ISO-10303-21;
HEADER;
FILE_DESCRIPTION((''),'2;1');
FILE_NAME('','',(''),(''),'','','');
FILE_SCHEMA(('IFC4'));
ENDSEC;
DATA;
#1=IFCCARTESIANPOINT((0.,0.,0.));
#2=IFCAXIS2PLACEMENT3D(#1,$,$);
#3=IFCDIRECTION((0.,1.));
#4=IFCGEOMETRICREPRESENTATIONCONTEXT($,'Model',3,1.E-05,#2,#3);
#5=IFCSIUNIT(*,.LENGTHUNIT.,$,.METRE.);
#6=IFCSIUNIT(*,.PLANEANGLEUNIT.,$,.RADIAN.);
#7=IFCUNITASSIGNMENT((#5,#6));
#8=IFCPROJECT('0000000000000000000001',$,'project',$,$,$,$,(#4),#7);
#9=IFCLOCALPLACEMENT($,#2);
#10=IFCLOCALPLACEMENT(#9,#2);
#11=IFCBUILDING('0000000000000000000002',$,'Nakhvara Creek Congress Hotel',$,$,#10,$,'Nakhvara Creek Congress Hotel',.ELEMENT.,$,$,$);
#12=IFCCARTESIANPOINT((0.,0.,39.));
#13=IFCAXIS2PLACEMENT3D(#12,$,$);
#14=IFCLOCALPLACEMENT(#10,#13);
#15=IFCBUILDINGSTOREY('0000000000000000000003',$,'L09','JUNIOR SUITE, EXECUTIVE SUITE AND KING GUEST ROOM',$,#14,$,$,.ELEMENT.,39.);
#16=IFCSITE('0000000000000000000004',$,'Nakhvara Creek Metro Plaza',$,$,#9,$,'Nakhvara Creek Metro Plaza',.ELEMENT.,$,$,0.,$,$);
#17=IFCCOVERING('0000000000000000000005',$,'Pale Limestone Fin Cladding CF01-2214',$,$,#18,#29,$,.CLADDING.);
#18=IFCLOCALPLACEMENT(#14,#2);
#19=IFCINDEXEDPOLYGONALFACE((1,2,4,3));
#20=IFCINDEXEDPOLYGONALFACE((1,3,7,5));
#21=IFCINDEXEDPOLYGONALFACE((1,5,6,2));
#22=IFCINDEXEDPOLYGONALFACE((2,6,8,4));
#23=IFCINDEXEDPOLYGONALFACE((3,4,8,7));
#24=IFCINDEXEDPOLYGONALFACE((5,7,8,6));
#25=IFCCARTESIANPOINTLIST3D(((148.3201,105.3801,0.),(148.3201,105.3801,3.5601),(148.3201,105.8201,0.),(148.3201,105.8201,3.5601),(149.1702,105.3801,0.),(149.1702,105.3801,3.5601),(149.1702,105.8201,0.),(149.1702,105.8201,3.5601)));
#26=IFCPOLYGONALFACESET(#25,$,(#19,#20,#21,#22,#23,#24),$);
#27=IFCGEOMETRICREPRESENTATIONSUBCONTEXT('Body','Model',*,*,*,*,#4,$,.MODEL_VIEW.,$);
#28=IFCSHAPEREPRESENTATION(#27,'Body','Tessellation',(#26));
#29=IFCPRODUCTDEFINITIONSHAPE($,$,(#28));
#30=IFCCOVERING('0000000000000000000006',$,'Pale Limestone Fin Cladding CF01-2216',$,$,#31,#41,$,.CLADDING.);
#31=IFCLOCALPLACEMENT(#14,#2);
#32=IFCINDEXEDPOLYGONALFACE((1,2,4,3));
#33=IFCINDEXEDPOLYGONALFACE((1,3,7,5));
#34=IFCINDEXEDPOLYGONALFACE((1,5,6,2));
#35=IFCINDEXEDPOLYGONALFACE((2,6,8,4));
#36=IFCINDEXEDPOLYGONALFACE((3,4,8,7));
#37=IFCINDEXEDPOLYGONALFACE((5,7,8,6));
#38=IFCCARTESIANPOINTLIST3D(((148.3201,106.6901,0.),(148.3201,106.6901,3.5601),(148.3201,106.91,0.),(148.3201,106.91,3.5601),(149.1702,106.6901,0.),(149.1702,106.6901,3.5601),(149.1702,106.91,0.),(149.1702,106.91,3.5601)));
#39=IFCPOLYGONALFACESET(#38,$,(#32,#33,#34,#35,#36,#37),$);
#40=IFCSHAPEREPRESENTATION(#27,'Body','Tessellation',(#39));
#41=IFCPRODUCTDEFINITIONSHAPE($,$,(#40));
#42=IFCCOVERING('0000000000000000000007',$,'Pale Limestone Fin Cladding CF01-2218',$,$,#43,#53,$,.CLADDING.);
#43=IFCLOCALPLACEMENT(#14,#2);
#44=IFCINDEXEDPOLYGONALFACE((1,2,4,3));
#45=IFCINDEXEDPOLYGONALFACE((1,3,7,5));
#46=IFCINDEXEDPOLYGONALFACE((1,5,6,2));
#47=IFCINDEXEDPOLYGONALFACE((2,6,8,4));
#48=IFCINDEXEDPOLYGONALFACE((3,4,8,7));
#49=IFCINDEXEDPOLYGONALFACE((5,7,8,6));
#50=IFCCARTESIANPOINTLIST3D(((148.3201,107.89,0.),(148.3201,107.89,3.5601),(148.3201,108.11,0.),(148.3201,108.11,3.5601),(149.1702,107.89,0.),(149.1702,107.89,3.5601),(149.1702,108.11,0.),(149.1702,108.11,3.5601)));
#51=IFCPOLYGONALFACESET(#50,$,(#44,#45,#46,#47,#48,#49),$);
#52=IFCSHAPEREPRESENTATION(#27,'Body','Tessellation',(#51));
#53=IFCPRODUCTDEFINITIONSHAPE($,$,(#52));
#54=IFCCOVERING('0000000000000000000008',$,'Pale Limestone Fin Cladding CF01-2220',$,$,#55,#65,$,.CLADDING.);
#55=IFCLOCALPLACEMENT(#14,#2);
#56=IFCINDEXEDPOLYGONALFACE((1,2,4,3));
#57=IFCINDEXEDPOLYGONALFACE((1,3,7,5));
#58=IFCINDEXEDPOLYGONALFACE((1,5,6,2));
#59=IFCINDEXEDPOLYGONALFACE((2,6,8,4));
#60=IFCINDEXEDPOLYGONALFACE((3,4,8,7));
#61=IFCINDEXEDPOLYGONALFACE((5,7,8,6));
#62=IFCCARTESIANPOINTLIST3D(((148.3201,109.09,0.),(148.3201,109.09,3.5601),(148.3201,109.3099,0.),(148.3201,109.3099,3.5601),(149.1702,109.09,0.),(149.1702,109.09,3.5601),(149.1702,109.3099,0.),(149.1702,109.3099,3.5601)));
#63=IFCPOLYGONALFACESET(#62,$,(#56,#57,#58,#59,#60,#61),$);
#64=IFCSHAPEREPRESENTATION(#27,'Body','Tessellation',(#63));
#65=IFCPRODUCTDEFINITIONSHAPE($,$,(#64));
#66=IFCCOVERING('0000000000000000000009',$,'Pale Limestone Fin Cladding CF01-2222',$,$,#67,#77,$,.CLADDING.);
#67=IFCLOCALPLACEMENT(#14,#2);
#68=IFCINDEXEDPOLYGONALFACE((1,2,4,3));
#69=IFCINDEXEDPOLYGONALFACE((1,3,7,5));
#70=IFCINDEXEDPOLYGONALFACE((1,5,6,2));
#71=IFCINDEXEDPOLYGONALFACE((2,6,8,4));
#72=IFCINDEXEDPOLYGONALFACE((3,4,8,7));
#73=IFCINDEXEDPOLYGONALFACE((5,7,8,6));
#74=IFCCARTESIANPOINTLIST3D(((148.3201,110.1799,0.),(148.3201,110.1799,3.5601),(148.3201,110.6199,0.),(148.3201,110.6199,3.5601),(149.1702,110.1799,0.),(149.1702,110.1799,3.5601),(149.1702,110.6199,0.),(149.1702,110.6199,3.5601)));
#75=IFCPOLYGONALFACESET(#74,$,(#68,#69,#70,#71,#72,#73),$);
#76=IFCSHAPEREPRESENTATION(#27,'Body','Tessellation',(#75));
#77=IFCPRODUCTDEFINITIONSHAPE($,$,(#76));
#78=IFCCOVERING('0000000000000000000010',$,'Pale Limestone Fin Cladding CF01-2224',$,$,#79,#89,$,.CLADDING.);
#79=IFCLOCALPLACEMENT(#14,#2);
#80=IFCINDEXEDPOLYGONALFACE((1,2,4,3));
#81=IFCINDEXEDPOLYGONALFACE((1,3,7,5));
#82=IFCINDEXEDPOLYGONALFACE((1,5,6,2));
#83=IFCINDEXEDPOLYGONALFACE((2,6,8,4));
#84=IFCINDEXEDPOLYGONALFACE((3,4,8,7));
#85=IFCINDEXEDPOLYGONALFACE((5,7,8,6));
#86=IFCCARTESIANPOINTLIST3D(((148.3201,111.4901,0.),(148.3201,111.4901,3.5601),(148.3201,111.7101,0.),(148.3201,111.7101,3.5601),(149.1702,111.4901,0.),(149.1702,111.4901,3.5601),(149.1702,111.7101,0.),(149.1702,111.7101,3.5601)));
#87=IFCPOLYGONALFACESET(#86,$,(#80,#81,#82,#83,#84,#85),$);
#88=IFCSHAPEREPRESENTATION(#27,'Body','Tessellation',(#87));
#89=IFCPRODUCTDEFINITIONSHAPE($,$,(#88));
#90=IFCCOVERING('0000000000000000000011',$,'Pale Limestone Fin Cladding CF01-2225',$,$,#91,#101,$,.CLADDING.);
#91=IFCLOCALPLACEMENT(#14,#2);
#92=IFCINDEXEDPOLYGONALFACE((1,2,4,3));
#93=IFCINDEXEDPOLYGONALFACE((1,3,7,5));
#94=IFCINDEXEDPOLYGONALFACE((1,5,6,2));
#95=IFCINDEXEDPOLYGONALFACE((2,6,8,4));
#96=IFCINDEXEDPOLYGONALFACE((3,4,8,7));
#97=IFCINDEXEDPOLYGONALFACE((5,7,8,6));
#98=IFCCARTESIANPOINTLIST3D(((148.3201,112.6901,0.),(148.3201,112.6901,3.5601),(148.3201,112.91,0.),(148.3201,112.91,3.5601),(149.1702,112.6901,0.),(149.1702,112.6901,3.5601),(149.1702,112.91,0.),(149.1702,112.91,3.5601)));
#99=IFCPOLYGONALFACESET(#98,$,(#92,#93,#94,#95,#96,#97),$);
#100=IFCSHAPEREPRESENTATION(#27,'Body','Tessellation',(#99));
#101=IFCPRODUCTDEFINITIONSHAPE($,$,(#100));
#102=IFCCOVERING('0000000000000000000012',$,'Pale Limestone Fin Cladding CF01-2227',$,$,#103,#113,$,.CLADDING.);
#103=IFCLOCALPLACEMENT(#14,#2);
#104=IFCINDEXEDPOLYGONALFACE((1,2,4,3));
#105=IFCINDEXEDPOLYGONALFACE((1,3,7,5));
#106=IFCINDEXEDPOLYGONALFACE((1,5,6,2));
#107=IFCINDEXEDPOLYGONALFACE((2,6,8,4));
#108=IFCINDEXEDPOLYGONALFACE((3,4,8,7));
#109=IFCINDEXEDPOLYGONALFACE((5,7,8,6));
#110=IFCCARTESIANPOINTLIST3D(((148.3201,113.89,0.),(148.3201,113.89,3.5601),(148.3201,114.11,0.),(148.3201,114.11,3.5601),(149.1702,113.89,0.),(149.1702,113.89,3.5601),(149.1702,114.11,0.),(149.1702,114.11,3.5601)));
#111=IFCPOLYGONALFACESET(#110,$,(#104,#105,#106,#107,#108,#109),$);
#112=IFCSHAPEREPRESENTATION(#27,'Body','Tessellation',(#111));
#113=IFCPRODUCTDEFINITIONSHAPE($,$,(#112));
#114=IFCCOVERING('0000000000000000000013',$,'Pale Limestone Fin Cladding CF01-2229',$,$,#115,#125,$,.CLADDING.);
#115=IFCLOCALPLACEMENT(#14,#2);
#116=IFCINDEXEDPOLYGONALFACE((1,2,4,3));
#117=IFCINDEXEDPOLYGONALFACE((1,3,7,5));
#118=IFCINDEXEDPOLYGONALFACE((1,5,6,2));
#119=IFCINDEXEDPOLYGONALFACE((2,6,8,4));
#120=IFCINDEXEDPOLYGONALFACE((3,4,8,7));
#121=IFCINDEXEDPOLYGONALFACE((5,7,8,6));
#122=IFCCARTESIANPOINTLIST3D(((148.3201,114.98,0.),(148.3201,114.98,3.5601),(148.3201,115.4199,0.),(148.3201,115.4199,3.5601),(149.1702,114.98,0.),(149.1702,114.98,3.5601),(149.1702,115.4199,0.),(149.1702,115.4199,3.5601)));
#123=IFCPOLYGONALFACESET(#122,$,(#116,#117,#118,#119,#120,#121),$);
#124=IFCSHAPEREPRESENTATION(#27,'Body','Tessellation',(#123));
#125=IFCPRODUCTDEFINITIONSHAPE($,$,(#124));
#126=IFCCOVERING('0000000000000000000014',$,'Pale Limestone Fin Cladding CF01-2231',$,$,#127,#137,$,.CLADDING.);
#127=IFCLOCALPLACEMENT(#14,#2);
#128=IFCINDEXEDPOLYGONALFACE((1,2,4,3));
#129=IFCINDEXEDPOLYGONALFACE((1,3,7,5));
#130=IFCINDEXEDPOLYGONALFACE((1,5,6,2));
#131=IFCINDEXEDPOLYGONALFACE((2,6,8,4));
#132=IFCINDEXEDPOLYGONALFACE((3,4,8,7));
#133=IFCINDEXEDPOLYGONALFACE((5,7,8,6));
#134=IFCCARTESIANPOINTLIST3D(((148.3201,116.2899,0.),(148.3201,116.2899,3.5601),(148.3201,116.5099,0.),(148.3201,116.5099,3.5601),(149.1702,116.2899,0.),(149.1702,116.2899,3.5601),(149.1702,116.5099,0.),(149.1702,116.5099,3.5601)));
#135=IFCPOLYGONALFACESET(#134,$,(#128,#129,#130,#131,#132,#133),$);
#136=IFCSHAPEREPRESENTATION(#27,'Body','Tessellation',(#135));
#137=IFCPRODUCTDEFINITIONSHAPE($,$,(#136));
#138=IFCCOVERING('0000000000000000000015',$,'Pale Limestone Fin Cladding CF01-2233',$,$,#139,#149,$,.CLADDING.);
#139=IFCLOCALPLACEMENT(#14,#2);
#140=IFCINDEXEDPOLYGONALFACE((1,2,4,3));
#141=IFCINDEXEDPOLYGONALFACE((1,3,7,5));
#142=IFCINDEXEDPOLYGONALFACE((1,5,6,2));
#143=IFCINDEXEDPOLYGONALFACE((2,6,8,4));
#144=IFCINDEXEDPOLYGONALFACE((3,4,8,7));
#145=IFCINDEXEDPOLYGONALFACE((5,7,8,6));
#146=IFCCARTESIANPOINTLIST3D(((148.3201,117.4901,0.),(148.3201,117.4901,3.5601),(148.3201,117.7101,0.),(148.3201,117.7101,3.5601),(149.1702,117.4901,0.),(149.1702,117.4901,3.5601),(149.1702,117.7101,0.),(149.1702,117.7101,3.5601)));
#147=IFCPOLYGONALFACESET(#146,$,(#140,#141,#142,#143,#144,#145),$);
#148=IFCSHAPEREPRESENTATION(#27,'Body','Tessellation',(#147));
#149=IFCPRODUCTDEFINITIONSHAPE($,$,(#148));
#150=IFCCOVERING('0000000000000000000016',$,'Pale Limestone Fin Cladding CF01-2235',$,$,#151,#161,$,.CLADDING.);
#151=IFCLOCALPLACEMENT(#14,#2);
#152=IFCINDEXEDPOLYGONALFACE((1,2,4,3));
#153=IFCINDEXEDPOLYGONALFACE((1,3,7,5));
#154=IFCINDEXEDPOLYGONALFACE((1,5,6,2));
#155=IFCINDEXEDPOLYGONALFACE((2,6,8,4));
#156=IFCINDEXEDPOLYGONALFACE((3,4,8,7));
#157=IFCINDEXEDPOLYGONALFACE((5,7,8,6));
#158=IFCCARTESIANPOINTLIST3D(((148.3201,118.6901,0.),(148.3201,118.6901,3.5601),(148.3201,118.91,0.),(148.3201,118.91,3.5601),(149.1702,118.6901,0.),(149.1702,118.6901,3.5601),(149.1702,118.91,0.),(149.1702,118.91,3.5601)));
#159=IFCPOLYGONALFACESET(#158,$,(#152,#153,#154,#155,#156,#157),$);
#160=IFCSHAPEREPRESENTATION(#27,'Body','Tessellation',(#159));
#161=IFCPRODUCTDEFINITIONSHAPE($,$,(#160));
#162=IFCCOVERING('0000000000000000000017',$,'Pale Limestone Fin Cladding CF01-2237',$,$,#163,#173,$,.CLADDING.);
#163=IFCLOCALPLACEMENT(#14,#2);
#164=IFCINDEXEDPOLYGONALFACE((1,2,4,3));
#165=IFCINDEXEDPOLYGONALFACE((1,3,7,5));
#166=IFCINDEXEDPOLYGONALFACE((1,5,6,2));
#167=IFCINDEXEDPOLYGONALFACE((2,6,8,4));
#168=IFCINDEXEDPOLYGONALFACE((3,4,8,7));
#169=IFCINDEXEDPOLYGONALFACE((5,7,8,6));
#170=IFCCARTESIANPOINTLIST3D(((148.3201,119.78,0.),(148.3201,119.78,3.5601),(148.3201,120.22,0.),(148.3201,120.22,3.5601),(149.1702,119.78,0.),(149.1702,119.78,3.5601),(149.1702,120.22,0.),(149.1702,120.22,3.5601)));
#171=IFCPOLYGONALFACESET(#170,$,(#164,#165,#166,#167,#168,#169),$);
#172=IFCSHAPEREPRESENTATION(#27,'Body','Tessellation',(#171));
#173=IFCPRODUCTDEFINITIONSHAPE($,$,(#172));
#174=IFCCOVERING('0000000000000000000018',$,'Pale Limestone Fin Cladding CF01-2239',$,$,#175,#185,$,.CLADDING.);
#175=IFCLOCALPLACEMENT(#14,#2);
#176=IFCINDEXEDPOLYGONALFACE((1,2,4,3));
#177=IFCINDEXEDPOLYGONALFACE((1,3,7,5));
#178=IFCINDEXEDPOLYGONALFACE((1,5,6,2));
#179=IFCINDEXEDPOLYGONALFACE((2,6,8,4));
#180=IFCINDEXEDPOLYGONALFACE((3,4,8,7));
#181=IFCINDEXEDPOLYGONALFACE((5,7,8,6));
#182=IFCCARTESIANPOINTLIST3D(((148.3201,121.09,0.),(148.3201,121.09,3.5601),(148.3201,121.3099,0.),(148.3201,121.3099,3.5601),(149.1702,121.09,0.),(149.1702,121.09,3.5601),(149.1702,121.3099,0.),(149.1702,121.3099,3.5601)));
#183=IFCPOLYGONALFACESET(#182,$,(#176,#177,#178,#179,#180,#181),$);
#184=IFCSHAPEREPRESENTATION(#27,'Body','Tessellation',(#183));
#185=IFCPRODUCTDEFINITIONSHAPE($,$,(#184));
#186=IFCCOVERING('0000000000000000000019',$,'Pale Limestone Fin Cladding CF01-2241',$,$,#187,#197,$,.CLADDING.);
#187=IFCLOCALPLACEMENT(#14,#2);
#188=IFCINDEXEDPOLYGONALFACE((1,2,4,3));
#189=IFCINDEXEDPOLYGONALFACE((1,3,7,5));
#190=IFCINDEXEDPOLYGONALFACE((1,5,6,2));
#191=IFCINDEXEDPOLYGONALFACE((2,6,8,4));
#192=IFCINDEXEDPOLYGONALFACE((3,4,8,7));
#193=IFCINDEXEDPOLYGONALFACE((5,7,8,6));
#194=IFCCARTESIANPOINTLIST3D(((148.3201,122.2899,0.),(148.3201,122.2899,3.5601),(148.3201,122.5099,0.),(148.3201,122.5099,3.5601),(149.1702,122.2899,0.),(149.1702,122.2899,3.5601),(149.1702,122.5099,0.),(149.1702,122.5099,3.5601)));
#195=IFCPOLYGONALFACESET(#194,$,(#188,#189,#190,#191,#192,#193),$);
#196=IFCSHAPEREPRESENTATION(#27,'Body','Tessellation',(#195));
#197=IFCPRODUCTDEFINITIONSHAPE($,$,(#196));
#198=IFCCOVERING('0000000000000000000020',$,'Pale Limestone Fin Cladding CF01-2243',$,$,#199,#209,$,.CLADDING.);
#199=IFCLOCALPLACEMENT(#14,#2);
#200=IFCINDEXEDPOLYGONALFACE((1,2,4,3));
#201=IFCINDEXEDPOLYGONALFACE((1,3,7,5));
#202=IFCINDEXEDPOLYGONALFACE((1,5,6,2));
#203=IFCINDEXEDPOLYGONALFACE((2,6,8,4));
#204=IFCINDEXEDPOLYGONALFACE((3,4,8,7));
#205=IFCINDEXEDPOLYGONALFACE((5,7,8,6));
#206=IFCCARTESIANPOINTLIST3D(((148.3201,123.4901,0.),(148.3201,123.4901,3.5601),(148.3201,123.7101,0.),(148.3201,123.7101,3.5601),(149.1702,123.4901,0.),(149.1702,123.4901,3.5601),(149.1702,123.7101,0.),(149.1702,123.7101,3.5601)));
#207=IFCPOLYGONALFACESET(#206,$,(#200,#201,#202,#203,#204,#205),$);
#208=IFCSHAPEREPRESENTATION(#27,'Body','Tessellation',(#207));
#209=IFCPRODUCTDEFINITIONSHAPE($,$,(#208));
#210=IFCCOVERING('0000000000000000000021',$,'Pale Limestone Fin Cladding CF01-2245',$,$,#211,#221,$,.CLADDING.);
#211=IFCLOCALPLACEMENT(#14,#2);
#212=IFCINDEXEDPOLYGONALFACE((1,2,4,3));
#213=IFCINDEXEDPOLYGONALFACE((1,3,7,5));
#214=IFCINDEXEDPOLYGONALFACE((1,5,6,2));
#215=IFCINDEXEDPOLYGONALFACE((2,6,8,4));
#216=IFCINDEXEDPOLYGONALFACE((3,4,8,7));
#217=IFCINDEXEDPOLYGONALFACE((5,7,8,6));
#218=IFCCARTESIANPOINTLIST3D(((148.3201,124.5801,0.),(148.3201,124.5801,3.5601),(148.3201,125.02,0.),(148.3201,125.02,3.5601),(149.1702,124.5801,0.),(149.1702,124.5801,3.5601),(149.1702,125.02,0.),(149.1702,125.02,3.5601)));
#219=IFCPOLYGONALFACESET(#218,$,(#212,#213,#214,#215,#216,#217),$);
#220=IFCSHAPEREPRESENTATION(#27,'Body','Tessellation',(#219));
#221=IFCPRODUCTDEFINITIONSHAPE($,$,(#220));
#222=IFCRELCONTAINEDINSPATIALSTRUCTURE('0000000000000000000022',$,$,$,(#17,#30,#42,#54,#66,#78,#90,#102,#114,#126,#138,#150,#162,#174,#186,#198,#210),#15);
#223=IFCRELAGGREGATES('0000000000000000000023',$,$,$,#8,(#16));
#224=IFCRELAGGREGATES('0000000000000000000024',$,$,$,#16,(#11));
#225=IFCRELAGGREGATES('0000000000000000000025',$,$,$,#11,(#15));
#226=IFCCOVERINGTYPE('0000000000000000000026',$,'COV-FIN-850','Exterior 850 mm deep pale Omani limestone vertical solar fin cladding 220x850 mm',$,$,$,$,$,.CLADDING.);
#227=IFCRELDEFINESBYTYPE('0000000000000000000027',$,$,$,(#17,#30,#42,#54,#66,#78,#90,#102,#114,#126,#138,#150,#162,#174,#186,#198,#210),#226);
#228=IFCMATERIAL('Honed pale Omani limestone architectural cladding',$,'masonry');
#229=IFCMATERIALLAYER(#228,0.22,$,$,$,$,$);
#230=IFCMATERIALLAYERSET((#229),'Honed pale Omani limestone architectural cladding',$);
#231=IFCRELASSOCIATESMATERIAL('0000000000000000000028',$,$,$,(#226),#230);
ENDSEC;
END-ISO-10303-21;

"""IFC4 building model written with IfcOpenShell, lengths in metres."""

from ifc_helpers import new_model, si_unit, direction, frame, origin, origin_2d, place, context, subcontext, project, spatial, rectangle, extrude, material, layer, layer_set, type_object, element, save


model = new_model("IFC4")

# Units and contexts
model_context = context("Model", 3, precision=1e-05, world=origin(), true_north=direction((0.0, 1.0)))
body_context = subcontext(model_context, "Body", "Model", "MODEL_VIEW")
ifc_project = project(units=[si_unit("LENGTHUNIT", "METRE"), si_unit("PLANEANGLEUNIT", "RADIAN")], contexts=[model_context])

# Site, building, storey
site_placement = place(None, origin())
site = spatial("IfcSite", under=ifc_project, at=site_placement, Name="Nakhvara Creek Metro Plaza", LongName="Nakhvara Creek Metro Plaza", CompositionType="ELEMENT", RefElevation=0.0)
building_placement = place(site_placement, origin())
building = spatial("IfcBuilding", under=site, at=building_placement, Name="Nakhvara Creek Congress Hotel", LongName="Nakhvara Creek Congress Hotel", CompositionType="ELEMENT")
storey_placement = place(building_placement, frame((0.0, 0.0, 39.0)))
storey = spatial("IfcBuildingStorey", under=building, at=storey_placement, Name="L09", Description="JUNIOR SUITE, EXECUTIVE SUITE AND KING GUEST ROOM", CompositionType="ELEMENT", Elevation=39.0)

# Coverings
ifc_material_1 = material(Name="Honed pale Omani limestone architectural cladding", Category="masonry")
ifc_layer = layer(ifc_material_1, 0.22)
ifc_layer_set = layer_set([ifc_layer], Name="Honed pale Omani limestone architectural cladding")
covering_type = type_object("IfcCoveringType", Name="COV-FIN-850", Description="Exterior 850 mm deep pale Omani limestone vertical solar fin cladding 220x850 mm", PredefinedType="CLADDING", material=ifc_layer_set)
covering_1_placement = place(storey_placement, frame((148.7451, 105.6001, 0.0), z_axis=(0.0, 0.0, 1.0), x_axis=(0.0, 1.0, 0.0)))
element("IfcCovering", 1, at=covering_1_placement, inside=storey, type_object=covering_type, Name="Pale Limestone Fin Cladding CF01-2214", PredefinedType="CLADDING", context=body_context, shape_type="SweptSolid", body=[
    extrude(rectangle(XDim=0.4399, YDim=0.8501, at=origin_2d()), origin(), (0.0, 0.0, 1.0), 3.5601),
])
for number, where, z_axis, x_axis, name in (
    (2, (148.7451, 106.8, 0.0), (0.0, 0.0, 1.0), (0.0, 1.0, 0.0), "Pale Limestone Fin Cladding CF01-2216"),
    (3, (148.7451, 108.0, 0.0), (0.0, 0.0, 1.0), (0.0, 1.0, 0.0), "Pale Limestone Fin Cladding CF01-2218"),
    (4, (148.7451, 109.2, 0.0), (0.0, 0.0, 1.0), (0.0, 1.0, 0.0), "Pale Limestone Fin Cladding CF01-2220"),
):
    element("IfcCovering", number, at=place(storey_placement, frame(where, z_axis=z_axis, x_axis=x_axis)), inside=storey, type_object=covering_type, Name=name, PredefinedType="CLADDING", context=body_context, shape_type="SweptSolid", body=[
        extrude(rectangle(XDim=0.22, YDim=0.8501, at=origin_2d()), origin(), (0.0, 0.0, 1.0), 3.5601),
    ])
covering_2_placement = place(storey_placement, frame((148.7451, 110.3999, 0.0), z_axis=(0.0, 0.0, 1.0), x_axis=(0.0, 1.0, 0.0)))
element("IfcCovering", 5, at=covering_2_placement, inside=storey, type_object=covering_type, Name="Pale Limestone Fin Cladding CF01-2222", PredefinedType="CLADDING", context=body_context, shape_type="SweptSolid", body=[
    extrude(rectangle(XDim=0.4399, YDim=0.8501, at=origin_2d()), origin(), (0.0, 0.0, 1.0), 3.5601),
])
for number, where, z_axis, x_axis, name in (
    (6, (148.7451, 111.6001, 0.0), (0.0, 0.0, 1.0), (0.0, 1.0, 0.0), "Pale Limestone Fin Cladding CF01-2224"),
    (7, (148.7451, 112.8, 0.0), (0.0, 0.0, 1.0), (0.0, 1.0, 0.0), "Pale Limestone Fin Cladding CF01-2225"),
    (8, (148.7451, 114.0, 0.0), (0.0, 0.0, 1.0), (0.0, 1.0, 0.0), "Pale Limestone Fin Cladding CF01-2227"),
):
    element("IfcCovering", number, at=place(storey_placement, frame(where, z_axis=z_axis, x_axis=x_axis)), inside=storey, type_object=covering_type, Name=name, PredefinedType="CLADDING", context=body_context, shape_type="SweptSolid", body=[
        extrude(rectangle(XDim=0.22, YDim=0.8501, at=origin_2d()), origin(), (0.0, 0.0, 1.0), 3.5601),
    ])
covering_3_placement = place(storey_placement, frame((148.7451, 115.2, 0.0), z_axis=(0.0, 0.0, 1.0), x_axis=(0.0, 1.0, 0.0)))
element("IfcCovering", 9, at=covering_3_placement, inside=storey, type_object=covering_type, Name="Pale Limestone Fin Cladding CF01-2229", PredefinedType="CLADDING", context=body_context, shape_type="SweptSolid", body=[
    extrude(rectangle(XDim=0.4399, YDim=0.8501, at=origin_2d()), origin(), (0.0, 0.0, 1.0), 3.5601),
])
for number, where, z_axis, x_axis, name in (
    (10, (148.7451, 116.3999, 0.0), (0.0, 0.0, 1.0), (0.0, 1.0, 0.0), "Pale Limestone Fin Cladding CF01-2231"),
    (11, (148.7451, 117.6001, 0.0), (0.0, 0.0, 1.0), (0.0, 1.0, 0.0), "Pale Limestone Fin Cladding CF01-2233"),
    (12, (148.7451, 118.8, 0.0), (0.0, 0.0, 1.0), (0.0, 1.0, 0.0), "Pale Limestone Fin Cladding CF01-2235"),
):
    element("IfcCovering", number, at=place(storey_placement, frame(where, z_axis=z_axis, x_axis=x_axis)), inside=storey, type_object=covering_type, Name=name, PredefinedType="CLADDING", context=body_context, shape_type="SweptSolid", body=[
        extrude(rectangle(XDim=0.22, YDim=0.8501, at=origin_2d()), origin(), (0.0, 0.0, 1.0), 3.5601),
    ])
covering_4_placement = place(storey_placement, frame((148.7451, 120.0, 0.0), z_axis=(0.0, 0.0, 1.0), x_axis=(0.0, 1.0, 0.0)))
element("IfcCovering", 13, at=covering_4_placement, inside=storey, type_object=covering_type, Name="Pale Limestone Fin Cladding CF01-2237", PredefinedType="CLADDING", context=body_context, shape_type="SweptSolid", body=[
    extrude(rectangle(XDim=0.4399, YDim=0.8501, at=origin_2d()), origin(), (0.0, 0.0, 1.0), 3.5601),
])
for number, where, z_axis, x_axis, name in (
    (14, (148.7451, 121.2, 0.0), (0.0, 0.0, 1.0), (0.0, 1.0, 0.0), "Pale Limestone Fin Cladding CF01-2239"),
    (15, (148.7451, 122.3999, 0.0), (0.0, 0.0, 1.0), (0.0, 1.0, 0.0), "Pale Limestone Fin Cladding CF01-2241"),
    (16, (148.7451, 123.6001, 0.0), (0.0, 0.0, 1.0), (0.0, 1.0, 0.0), "Pale Limestone Fin Cladding CF01-2243"),
):
    element("IfcCovering", number, at=place(storey_placement, frame(where, z_axis=z_axis, x_axis=x_axis)), inside=storey, type_object=covering_type, Name=name, PredefinedType="CLADDING", context=body_context, shape_type="SweptSolid", body=[
        extrude(rectangle(XDim=0.22, YDim=0.8501, at=origin_2d()), origin(), (0.0, 0.0, 1.0), 3.5601),
    ])
covering_5_placement = place(storey_placement, frame((148.7451, 124.8, 0.0), z_axis=(0.0, 0.0, 1.0), x_axis=(0.0, 1.0, 0.0)))
element("IfcCovering", 17, at=covering_5_placement, inside=storey, type_object=covering_type, Name="Pale Limestone Fin Cladding CF01-2245", PredefinedType="CLADDING", context=body_context, shape_type="SweptSolid", body=[
    extrude(rectangle(XDim=0.4399, YDim=0.8501, at=origin_2d()), origin(), (0.0, 0.0, 1.0), 3.5601),
])

save(model, "model.ifc")
